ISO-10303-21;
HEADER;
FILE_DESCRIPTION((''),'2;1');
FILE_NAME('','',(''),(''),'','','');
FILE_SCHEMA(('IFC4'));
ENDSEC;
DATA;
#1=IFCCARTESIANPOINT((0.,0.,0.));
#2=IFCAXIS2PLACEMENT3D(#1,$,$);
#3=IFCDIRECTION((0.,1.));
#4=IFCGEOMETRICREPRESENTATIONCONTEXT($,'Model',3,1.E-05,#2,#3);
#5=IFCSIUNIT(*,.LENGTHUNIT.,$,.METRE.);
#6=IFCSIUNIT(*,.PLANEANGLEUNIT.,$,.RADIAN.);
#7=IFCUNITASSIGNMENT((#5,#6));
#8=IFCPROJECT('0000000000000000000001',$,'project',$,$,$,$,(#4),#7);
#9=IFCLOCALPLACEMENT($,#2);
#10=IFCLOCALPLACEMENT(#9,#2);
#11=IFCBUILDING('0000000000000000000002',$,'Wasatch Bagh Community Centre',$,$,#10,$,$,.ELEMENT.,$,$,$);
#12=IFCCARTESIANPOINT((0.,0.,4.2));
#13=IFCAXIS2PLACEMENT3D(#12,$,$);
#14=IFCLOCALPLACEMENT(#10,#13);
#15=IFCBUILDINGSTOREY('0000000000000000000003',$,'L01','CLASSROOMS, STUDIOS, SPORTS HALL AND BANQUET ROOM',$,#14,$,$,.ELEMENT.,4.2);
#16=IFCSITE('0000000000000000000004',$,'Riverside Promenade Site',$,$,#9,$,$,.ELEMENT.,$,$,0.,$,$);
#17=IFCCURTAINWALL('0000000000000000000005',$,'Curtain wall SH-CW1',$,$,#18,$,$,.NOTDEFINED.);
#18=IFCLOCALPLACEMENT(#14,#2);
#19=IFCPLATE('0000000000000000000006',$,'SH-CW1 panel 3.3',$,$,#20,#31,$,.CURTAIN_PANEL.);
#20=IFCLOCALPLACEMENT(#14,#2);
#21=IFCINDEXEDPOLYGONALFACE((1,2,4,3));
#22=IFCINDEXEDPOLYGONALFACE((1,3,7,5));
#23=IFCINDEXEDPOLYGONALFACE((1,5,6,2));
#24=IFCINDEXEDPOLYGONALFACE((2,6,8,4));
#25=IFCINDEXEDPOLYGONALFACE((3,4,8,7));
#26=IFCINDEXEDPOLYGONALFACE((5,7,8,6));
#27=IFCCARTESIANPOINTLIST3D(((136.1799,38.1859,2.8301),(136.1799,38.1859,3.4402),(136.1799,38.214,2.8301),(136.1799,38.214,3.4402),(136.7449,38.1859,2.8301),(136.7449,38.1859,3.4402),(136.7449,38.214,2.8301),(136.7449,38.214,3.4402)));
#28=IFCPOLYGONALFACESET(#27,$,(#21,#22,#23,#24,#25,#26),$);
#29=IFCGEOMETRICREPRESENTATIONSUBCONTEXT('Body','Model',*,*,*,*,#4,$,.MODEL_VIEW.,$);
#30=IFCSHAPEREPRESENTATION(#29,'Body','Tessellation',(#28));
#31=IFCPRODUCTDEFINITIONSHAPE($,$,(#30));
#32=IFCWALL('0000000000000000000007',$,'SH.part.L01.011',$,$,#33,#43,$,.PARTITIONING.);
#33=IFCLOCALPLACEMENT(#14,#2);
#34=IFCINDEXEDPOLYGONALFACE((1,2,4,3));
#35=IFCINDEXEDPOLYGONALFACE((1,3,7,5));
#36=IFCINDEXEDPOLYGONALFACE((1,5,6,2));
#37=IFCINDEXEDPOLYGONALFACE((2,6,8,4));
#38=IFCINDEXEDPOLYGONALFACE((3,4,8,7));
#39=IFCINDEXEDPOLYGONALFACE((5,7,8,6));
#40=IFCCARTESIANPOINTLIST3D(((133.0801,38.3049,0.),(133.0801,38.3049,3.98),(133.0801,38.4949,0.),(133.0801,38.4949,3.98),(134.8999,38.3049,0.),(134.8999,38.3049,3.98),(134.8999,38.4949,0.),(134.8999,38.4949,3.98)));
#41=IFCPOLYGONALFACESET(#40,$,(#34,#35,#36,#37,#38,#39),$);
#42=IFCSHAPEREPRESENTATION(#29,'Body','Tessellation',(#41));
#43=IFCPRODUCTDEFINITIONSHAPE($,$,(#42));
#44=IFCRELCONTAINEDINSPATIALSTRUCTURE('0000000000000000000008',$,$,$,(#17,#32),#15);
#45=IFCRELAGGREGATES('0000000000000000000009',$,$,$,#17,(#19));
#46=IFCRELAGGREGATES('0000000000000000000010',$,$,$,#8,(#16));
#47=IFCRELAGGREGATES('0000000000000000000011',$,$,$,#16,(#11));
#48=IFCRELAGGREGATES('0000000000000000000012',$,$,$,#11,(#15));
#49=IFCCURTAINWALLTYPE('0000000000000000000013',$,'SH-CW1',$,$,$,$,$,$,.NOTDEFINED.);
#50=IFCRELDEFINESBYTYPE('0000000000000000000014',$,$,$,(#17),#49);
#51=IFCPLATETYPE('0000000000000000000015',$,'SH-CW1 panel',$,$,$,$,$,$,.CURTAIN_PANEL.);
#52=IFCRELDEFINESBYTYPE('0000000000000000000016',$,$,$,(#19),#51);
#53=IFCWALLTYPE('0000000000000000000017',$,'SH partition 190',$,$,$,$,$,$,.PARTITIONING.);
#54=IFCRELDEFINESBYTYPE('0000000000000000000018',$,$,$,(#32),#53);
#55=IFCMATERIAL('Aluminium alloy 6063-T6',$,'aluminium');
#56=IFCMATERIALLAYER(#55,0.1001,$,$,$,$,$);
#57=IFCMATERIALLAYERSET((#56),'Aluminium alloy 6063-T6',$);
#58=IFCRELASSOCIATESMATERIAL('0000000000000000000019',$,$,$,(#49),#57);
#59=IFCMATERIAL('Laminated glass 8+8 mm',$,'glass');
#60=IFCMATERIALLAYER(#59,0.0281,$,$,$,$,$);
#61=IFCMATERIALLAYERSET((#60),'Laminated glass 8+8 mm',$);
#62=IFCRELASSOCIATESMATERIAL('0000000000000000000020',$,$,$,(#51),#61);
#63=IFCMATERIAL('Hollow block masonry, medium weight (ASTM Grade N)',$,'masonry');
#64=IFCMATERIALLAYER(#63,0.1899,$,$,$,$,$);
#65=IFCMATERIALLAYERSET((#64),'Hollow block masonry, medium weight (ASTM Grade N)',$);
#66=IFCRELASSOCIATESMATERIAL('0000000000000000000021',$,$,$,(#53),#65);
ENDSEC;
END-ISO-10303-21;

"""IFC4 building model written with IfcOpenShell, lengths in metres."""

from ifc_helpers import new_model, si_unit, direction, frame, frame_2d, origin, origin_2d, place, context, subcontext, project, spatial, rectangle, extrude, material, layer, layer_set, type_object, element, aggregate, save


model = new_model("IFC4")

# Units and contexts
model_context = context("Model", 3, precision=1e-05, world=origin(), true_north=direction((0.0, 1.0)))
body_context = subcontext(model_context, "Body", "Model", "MODEL_VIEW")
ifc_project = project(units=[si_unit("LENGTHUNIT", "METRE"), si_unit("PLANEANGLEUNIT", "RADIAN")], contexts=[model_context])

# Site, building, storey
site_placement = place(None, origin())
site = spatial("IfcSite", under=ifc_project, at=site_placement, Name="Riverside Promenade Site", CompositionType="ELEMENT", RefElevation=0.0)
building_placement = place(site_placement, origin())
building = spatial("IfcBuilding", under=site, at=building_placement, Name="Wasatch Bagh Community Centre", CompositionType="ELEMENT")
storey_placement = place(building_placement, frame((0.0, 0.0, 4.2)))
storey = spatial("IfcBuildingStorey", under=building, at=storey_placement, Name="L01", Description="CLASSROOMS, STUDIOS, SPORTS HALL AND BANQUET ROOM", CompositionType="ELEMENT", Elevation=4.2)

# Curtain wall, plate
ifc_material_1 = material(Name="Aluminium alloy 6063-T6", Category="aluminium")
ifc_layer_1 = layer(ifc_material_1, 0.1001)
ifc_layer_set_1 = layer_set([ifc_layer_1], Name="Aluminium alloy 6063-T6")
curtain_wall_type = type_object("IfcCurtainWallType", Name="SH-CW1", PredefinedType="NOTDEFINED", material=ifc_layer_set_1)
curtain_wall_placement = place(storey_placement, origin())
curtain_wall = element("IfcCurtainWall", 1, at=curtain_wall_placement, inside=storey, type_object=curtain_wall_type, Name="Curtain wall SH-CW1", PredefinedType="NOTDEFINED")
ifc_material_2 = material(Name="Laminated glass 8+8 mm", Category="glass")
ifc_layer_2 = layer(ifc_material_2, 0.0281)
ifc_layer_set_2 = layer_set([ifc_layer_2], Name="Laminated glass 8+8 mm")
plate_type = type_object("IfcPlateType", Name="SH-CW1 panel", PredefinedType="CURTAIN_PANEL", material=ifc_layer_set_2)
plate_1_placement = place(storey_placement, frame((136.4624, 38.2, 2.8301), z_axis=(0.0, 0.0, 1.0), x_axis=(1.0, 0.0, 0.0)))
plate_1 = element("IfcPlate", 2, at=plate_1_placement, type_object=plate_type, Name="SH-CW1 panel 3.3", PredefinedType="CURTAIN_PANEL", context=body_context, shape_type="SweptSolid", body=[
    extrude(rectangle(XDim=0.5649, YDim=0.0281, at=origin_2d()), origin(), (0.0, 0.0, 1.0), 0.6101),
])
aggregate(curtain_wall, [plate_1])

# Wall
ifc_material_3 = material(Name="Hollow block masonry, medium weight (ASTM Grade N)", Category="masonry")
ifc_layer_3 = layer(ifc_material_3, 0.1899)
ifc_layer_set_3 = layer_set([ifc_layer_3], Name="Hollow block masonry, medium weight (ASTM Grade N)")
wall_type = type_object("IfcWallType", Name="SH partition 190", PredefinedType="PARTITIONING", material=ifc_layer_set_3)
wall_placement = place(storey_placement, frame((134.8999, 38.3999, 0.0), z_axis=(0.0, 0.0, 1.0), x_axis=(-1.0, 0.0, 0.0)))
element("IfcWall", 3, at=wall_placement, inside=storey, type_object=wall_type, Name="SH.part.L01.011", PredefinedType="PARTITIONING", context=body_context, shape_type="SweptSolid", body=[
    extrude(rectangle(XDim=1.8198, YDim=0.1899, at=frame_2d((0.9099, 0.0))), origin(), (0.0, 0.0, 1.0), 3.98),
])

save(model, "model.ifc")
